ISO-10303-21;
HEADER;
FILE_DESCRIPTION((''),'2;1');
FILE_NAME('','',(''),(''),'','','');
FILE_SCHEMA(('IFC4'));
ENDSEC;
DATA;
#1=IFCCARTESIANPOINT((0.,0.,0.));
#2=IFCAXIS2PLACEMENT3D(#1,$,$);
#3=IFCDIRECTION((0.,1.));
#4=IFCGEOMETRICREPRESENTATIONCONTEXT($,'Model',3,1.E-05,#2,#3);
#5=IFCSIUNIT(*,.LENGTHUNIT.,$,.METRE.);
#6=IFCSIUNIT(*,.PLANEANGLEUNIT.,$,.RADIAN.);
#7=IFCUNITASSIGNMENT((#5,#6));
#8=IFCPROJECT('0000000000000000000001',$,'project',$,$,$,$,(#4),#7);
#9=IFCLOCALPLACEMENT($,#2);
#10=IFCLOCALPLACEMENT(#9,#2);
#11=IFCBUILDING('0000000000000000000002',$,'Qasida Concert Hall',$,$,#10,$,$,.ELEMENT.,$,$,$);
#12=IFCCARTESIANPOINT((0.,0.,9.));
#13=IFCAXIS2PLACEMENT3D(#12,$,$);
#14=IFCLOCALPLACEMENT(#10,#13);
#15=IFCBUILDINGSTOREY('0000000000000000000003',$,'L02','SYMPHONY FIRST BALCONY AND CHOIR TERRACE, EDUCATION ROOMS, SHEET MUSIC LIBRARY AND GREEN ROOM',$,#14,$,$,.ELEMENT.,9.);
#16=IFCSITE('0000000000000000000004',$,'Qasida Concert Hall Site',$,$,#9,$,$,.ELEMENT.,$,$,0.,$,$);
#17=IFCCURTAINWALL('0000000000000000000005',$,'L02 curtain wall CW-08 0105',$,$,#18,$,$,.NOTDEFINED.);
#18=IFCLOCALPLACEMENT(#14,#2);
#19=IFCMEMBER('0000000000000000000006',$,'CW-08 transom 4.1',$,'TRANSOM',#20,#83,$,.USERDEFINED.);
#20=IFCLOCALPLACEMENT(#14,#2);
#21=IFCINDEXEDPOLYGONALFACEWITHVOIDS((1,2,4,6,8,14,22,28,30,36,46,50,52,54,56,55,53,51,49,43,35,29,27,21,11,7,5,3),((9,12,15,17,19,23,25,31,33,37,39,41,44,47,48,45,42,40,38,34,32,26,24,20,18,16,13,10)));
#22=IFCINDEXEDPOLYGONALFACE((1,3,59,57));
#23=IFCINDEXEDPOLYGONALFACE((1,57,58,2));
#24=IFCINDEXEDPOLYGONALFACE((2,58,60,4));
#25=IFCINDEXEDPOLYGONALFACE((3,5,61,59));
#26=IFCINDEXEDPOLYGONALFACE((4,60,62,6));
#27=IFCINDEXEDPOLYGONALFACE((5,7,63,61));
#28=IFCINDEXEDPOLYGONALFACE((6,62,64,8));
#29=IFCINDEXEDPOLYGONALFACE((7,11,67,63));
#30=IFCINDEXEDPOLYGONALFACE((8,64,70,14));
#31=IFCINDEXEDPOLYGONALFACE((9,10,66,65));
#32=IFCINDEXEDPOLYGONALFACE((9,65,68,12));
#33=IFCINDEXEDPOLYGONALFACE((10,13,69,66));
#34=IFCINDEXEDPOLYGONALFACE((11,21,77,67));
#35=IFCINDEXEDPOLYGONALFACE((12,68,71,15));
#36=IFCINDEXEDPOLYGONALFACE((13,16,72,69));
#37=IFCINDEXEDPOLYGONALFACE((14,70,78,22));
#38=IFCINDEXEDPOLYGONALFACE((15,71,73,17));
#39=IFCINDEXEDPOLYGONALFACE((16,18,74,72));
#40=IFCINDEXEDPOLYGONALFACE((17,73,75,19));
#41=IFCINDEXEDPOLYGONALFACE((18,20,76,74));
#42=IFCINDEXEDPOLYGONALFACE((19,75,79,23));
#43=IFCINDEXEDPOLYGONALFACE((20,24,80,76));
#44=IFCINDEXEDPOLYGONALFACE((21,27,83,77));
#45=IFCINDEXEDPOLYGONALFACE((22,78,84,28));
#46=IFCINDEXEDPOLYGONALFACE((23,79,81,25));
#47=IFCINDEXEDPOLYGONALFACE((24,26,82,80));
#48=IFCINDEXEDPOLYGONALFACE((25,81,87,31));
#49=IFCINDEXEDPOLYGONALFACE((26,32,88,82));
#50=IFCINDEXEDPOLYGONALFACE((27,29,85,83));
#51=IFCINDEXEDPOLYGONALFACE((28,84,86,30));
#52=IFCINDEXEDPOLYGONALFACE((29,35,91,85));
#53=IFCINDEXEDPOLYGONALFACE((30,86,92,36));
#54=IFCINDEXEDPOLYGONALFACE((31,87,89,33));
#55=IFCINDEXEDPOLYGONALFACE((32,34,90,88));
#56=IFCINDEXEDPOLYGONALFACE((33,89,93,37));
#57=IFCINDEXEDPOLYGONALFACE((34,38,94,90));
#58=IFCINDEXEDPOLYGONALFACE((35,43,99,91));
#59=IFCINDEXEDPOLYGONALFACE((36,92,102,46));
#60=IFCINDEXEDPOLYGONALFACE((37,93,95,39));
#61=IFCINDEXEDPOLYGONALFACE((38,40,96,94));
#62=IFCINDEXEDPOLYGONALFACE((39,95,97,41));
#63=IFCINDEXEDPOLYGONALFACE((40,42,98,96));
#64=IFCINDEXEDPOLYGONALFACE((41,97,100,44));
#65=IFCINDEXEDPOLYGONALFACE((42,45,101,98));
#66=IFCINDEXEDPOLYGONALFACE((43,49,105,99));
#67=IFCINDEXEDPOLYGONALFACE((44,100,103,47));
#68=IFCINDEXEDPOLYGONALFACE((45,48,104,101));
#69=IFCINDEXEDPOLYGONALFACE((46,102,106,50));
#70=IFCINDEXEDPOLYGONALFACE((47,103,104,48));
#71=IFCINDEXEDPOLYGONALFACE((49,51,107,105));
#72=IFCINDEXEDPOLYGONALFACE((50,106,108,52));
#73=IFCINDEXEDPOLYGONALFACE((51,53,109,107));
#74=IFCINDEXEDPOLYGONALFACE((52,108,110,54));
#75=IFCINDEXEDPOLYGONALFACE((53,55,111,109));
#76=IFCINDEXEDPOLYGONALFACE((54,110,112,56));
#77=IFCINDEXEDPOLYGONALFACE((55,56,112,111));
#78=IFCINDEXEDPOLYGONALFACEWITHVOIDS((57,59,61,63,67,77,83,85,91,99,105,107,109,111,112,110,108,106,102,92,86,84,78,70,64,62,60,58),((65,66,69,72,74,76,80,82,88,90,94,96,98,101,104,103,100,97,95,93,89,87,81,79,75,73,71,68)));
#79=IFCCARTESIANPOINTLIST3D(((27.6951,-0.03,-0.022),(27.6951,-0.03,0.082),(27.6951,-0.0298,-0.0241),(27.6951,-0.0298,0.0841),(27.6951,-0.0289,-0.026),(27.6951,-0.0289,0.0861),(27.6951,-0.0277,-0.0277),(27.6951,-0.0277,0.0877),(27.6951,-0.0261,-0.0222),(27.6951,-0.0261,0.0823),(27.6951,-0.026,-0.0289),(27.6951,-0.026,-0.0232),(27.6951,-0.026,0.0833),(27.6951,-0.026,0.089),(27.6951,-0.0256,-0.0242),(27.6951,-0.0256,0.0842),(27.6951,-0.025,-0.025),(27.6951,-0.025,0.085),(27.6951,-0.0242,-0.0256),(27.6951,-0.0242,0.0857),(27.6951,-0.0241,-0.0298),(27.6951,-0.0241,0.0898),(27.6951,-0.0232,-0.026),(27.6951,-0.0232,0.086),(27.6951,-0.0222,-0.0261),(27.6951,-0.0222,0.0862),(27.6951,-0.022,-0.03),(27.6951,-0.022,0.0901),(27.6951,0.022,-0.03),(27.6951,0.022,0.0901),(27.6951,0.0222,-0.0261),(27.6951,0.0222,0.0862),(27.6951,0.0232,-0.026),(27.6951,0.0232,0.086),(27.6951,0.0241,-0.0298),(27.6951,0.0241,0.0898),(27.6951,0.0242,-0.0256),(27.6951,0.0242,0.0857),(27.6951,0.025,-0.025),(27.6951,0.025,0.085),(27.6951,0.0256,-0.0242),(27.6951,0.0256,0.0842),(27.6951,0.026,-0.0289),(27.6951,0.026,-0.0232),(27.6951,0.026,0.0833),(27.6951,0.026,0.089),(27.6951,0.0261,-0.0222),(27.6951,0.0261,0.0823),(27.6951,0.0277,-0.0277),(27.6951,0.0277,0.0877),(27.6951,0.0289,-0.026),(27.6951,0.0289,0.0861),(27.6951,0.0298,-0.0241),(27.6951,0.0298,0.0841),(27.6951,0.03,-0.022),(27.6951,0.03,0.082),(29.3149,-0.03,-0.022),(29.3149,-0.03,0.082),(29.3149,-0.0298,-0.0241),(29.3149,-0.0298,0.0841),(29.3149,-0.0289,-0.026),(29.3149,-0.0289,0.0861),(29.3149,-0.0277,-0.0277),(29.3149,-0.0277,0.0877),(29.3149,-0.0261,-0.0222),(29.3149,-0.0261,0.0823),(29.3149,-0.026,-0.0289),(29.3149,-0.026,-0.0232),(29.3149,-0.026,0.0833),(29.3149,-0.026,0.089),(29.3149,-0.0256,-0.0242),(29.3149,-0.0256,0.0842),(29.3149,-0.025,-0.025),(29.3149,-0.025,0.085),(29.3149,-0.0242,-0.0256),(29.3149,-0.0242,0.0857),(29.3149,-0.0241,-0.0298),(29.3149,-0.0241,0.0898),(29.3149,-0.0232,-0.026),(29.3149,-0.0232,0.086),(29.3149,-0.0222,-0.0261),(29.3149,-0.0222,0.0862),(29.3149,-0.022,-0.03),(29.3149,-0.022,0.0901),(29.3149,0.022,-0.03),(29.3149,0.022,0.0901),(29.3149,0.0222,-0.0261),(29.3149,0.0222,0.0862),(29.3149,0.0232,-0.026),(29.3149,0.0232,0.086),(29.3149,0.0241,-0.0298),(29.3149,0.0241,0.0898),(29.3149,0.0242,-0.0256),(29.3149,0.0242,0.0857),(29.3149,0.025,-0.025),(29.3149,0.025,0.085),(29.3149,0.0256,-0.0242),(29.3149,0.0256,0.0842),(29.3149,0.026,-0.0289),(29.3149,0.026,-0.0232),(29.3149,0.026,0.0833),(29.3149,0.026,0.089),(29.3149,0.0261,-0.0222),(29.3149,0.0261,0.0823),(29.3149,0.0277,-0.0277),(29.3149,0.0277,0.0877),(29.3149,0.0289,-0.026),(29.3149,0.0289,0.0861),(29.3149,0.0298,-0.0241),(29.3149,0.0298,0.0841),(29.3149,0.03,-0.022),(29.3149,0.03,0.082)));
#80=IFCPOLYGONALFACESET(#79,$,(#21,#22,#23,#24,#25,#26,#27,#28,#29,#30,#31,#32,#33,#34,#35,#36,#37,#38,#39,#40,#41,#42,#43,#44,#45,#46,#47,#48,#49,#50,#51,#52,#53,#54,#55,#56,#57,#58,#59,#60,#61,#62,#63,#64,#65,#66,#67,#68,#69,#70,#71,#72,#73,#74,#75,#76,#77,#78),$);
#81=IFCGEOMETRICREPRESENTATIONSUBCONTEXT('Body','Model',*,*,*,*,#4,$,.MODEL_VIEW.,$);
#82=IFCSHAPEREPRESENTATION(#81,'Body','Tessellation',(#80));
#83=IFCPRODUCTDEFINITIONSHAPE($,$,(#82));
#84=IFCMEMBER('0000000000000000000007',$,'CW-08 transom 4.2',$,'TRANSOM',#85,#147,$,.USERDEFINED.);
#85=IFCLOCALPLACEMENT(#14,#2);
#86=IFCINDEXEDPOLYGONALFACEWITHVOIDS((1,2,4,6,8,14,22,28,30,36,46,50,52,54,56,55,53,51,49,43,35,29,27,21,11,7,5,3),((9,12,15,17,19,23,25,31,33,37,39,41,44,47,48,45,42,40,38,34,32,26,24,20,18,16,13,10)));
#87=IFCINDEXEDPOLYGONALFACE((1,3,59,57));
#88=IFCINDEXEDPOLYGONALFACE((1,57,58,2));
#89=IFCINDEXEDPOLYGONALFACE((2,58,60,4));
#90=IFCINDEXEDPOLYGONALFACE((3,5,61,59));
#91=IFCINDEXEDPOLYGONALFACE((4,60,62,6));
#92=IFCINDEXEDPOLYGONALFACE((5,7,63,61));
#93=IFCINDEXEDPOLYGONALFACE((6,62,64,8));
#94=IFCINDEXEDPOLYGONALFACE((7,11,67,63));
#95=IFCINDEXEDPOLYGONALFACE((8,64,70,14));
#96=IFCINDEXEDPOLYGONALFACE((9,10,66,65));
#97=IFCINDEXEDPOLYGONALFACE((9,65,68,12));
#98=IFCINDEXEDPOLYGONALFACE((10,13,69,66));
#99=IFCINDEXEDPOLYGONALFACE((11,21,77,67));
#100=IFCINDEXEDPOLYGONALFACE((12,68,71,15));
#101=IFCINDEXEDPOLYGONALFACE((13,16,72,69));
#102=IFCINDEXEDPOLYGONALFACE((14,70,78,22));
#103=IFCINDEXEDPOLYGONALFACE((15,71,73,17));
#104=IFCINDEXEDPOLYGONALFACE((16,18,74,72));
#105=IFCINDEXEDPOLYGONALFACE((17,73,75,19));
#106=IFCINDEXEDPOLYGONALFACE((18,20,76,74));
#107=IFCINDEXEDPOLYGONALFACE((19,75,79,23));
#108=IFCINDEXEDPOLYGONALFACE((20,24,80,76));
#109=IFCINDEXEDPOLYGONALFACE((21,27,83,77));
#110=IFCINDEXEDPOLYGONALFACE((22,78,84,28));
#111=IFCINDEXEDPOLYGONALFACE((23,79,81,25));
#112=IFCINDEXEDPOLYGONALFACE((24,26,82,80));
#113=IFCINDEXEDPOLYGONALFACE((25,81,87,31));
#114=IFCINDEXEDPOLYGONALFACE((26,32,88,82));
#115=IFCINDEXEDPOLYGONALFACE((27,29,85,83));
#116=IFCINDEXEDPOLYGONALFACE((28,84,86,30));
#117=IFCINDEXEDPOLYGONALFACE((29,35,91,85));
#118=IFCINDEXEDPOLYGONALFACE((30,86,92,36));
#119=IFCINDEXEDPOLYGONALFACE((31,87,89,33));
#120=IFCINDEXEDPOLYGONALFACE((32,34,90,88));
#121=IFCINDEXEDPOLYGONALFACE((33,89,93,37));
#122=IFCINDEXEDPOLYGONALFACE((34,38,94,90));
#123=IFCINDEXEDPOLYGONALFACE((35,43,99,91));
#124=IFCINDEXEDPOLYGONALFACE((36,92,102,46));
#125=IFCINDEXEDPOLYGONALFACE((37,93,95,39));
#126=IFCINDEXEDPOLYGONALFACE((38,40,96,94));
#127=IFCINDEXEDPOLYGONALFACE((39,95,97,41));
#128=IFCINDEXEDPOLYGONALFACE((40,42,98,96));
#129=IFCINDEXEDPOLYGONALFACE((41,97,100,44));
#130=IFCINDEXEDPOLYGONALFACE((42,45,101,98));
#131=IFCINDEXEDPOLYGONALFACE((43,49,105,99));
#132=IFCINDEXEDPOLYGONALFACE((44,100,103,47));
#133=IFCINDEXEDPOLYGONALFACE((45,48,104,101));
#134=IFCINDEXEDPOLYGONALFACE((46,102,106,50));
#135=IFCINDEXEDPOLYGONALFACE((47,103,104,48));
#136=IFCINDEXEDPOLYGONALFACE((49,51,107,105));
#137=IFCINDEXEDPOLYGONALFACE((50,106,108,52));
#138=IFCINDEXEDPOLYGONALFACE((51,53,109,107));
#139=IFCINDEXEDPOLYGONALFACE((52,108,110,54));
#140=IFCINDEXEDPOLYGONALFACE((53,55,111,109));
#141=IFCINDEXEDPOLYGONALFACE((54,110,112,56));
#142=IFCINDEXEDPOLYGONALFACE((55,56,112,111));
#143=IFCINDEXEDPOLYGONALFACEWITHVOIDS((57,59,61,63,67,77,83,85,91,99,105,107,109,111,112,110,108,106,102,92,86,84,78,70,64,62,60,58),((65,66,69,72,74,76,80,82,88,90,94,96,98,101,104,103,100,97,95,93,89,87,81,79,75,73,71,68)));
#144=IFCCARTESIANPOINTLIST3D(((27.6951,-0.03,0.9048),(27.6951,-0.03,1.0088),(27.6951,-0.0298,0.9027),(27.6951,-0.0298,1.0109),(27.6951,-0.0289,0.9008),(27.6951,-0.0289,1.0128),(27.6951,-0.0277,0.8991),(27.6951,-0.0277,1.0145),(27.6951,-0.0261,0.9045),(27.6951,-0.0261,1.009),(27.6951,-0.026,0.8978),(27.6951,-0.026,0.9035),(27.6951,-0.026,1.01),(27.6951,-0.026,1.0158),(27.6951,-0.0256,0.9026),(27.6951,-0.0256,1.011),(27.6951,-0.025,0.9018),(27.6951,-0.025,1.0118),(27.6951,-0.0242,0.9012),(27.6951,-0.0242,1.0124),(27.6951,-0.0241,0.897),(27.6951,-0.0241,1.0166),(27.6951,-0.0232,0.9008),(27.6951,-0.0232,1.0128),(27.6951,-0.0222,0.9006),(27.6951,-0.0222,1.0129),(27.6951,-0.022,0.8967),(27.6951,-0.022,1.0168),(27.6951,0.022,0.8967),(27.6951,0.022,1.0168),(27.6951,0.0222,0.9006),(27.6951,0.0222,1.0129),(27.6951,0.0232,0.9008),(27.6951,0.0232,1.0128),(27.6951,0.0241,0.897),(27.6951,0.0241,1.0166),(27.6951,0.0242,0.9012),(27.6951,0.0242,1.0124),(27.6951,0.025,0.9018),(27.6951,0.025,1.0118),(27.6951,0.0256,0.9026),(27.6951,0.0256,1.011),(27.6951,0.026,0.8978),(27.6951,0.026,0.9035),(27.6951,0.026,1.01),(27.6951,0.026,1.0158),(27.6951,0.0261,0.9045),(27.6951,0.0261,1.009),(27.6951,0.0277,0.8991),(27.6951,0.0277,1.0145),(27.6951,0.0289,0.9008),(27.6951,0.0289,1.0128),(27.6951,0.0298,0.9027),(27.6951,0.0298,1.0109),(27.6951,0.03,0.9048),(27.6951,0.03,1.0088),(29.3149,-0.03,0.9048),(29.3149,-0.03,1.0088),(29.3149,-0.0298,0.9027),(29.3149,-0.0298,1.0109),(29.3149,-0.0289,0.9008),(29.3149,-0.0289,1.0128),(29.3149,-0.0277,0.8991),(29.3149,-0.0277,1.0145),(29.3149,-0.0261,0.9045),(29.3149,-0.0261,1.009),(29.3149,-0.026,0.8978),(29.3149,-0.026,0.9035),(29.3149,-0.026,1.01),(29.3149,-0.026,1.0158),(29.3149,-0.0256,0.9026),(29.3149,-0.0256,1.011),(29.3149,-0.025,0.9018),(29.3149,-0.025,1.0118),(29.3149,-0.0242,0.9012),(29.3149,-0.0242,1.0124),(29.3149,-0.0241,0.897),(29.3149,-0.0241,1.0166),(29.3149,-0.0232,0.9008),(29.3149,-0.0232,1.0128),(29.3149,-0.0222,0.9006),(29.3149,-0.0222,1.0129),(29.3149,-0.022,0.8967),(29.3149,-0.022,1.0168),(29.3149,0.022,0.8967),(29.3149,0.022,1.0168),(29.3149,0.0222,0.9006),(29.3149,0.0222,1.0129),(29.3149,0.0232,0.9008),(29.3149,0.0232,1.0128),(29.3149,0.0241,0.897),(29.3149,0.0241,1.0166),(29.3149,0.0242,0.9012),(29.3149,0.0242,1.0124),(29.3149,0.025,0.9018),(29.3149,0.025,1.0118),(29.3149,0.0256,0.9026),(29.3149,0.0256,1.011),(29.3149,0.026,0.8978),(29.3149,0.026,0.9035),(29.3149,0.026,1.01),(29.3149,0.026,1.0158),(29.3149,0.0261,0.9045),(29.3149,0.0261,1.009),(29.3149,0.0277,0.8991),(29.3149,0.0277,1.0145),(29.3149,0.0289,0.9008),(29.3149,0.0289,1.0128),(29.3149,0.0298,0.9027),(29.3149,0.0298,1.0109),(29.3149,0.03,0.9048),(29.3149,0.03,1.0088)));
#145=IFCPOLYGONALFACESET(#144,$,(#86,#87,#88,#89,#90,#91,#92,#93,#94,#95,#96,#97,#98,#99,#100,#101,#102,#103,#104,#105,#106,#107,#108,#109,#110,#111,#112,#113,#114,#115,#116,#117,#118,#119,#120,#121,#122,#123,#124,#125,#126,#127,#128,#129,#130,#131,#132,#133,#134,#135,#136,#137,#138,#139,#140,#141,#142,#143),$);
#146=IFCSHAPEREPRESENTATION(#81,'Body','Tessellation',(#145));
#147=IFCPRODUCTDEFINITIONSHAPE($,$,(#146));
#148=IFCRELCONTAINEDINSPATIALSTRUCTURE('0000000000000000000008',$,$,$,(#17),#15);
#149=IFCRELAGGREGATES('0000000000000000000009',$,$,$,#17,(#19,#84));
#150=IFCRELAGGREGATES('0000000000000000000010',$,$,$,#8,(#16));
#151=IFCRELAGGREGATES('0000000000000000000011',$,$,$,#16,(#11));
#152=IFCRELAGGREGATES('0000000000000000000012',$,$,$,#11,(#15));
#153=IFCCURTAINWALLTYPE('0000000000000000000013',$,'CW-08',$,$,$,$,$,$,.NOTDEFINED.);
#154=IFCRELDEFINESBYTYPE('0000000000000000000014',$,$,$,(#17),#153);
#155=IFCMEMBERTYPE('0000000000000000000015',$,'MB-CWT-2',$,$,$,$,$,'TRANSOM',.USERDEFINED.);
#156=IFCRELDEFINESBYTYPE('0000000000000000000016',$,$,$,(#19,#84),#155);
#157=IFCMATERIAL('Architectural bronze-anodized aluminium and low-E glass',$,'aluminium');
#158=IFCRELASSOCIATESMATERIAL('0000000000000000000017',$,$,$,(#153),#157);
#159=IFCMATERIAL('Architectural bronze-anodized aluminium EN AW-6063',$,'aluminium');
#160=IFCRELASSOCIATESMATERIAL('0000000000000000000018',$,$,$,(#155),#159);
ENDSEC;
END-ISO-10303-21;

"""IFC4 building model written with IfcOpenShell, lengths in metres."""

from ifc_helpers import new_model, si_unit, direction, frame, origin, origin_2d, place, context, subcontext, project, spatial, hollow_rectangle, extrude, material, material_profile, profile_set, type_object, element, aggregate, save


model = new_model("IFC4")

# Units and contexts
model_context = context("Model", 3, precision=1e-05, world=origin(), true_north=direction((0.0, 1.0)))
body_context = subcontext(model_context, "Body", "Model", "MODEL_VIEW")
ifc_project = project(units=[si_unit("LENGTHUNIT", "METRE"), si_unit("PLANEANGLEUNIT", "RADIAN")], contexts=[model_context])

# Site, building, storey
site_placement = place(None, origin())
site = spatial("IfcSite", under=ifc_project, at=site_placement, Name="Qasida Concert Hall Site", CompositionType="ELEMENT", RefElevation=0.0)
building_placement = place(site_placement, origin())
building = spatial("IfcBuilding", under=site, at=building_placement, Name="Qasida Concert Hall", CompositionType="ELEMENT")
storey_placement = place(building_placement, frame((0.0, 0.0, 9.0)))
storey = spatial("IfcBuildingStorey", under=building, at=storey_placement, Name="L02", Description="SYMPHONY FIRST BALCONY AND CHOIR TERRACE, EDUCATION ROOMS, SHEET MUSIC LIBRARY AND GREEN ROOM", CompositionType="ELEMENT", Elevation=9.0)

# Curtain wall, members
ifc_material_1 = material(Name="Architectural bronze-anodized aluminium and low-E glass", Category="aluminium")
curtain_wall_type = type_object("IfcCurtainWallType", Name="CW-08", PredefinedType="NOTDEFINED", material=ifc_material_1)
curtain_wall_placement = place(storey_placement, origin())
curtain_wall = element("IfcCurtainWall", 1, at=curtain_wall_placement, inside=storey, type_object=curtain_wall_type, Name="L02 curtain wall CW-08 0105", PredefinedType="NOTDEFINED")
ifc_material_2 = material(Name="Architectural bronze-anodized aluminium EN AW-6063", Category="aluminium")
ifc_material_profile_1 = material_profile(ifc_material_2, hollow_rectangle(XDim=0.0601, YDim=0.1201, WallThickness=0.0039, InnerFilletRadius=0.0039, OuterFilletRadius=0.0081, at=origin_2d()), Name="CWT 120x60x4")
ifc_profile_set_1 = profile_set([ifc_material_profile_1], Name="Architectural bronze-anodized aluminium EN AW-6063")
member_type_1 = type_object("IfcMemberType", Name="MB-CWT-2", ElementType="TRANSOM", PredefinedType="USERDEFINED", material=ifc_profile_set_1)
member_1_placement = place(storey_placement, frame((27.6951, 0.0, 0.03), z_axis=(1.0, 0.0, 0.0), x_axis=(0.0, 1.0, 0.0)))
member_1 = element("IfcMember", 2, at=member_1_placement, type_object=member_type_1, Name="CW-08 transom 4.1", ObjectType="TRANSOM", PredefinedType="USERDEFINED", context=body_context, shape_type="SweptSolid", body=[
    extrude(hollow_rectangle(XDim=0.0601, YDim=0.1201, WallThickness=0.0039, InnerFilletRadius=0.0039, OuterFilletRadius=0.0081, at=origin_2d()), origin(), (0.0, 0.0, 1.0), 1.6199),
])
member_2_placement = place(storey_placement, frame((27.6951, 0.0, 0.9568), z_axis=(1.0, 0.0, 0.0), x_axis=(0.0, 1.0, 0.0)))
member_2 = element("IfcMember", 3, at=member_2_placement, type_object=member_type_1, Name="CW-08 transom 4.2", ObjectType="TRANSOM", PredefinedType="USERDEFINED", context=body_context, shape_type="SweptSolid", body=[
    extrude(hollow_rectangle(XDim=0.0601, YDim=0.1201, WallThickness=0.0039, InnerFilletRadius=0.0039, OuterFilletRadius=0.0081, at=origin_2d()), origin(), (0.0, 0.0, 1.0), 1.6199),
])
aggregate(curtain_wall, [member_1, member_2])

save(model, "model.ifc")
